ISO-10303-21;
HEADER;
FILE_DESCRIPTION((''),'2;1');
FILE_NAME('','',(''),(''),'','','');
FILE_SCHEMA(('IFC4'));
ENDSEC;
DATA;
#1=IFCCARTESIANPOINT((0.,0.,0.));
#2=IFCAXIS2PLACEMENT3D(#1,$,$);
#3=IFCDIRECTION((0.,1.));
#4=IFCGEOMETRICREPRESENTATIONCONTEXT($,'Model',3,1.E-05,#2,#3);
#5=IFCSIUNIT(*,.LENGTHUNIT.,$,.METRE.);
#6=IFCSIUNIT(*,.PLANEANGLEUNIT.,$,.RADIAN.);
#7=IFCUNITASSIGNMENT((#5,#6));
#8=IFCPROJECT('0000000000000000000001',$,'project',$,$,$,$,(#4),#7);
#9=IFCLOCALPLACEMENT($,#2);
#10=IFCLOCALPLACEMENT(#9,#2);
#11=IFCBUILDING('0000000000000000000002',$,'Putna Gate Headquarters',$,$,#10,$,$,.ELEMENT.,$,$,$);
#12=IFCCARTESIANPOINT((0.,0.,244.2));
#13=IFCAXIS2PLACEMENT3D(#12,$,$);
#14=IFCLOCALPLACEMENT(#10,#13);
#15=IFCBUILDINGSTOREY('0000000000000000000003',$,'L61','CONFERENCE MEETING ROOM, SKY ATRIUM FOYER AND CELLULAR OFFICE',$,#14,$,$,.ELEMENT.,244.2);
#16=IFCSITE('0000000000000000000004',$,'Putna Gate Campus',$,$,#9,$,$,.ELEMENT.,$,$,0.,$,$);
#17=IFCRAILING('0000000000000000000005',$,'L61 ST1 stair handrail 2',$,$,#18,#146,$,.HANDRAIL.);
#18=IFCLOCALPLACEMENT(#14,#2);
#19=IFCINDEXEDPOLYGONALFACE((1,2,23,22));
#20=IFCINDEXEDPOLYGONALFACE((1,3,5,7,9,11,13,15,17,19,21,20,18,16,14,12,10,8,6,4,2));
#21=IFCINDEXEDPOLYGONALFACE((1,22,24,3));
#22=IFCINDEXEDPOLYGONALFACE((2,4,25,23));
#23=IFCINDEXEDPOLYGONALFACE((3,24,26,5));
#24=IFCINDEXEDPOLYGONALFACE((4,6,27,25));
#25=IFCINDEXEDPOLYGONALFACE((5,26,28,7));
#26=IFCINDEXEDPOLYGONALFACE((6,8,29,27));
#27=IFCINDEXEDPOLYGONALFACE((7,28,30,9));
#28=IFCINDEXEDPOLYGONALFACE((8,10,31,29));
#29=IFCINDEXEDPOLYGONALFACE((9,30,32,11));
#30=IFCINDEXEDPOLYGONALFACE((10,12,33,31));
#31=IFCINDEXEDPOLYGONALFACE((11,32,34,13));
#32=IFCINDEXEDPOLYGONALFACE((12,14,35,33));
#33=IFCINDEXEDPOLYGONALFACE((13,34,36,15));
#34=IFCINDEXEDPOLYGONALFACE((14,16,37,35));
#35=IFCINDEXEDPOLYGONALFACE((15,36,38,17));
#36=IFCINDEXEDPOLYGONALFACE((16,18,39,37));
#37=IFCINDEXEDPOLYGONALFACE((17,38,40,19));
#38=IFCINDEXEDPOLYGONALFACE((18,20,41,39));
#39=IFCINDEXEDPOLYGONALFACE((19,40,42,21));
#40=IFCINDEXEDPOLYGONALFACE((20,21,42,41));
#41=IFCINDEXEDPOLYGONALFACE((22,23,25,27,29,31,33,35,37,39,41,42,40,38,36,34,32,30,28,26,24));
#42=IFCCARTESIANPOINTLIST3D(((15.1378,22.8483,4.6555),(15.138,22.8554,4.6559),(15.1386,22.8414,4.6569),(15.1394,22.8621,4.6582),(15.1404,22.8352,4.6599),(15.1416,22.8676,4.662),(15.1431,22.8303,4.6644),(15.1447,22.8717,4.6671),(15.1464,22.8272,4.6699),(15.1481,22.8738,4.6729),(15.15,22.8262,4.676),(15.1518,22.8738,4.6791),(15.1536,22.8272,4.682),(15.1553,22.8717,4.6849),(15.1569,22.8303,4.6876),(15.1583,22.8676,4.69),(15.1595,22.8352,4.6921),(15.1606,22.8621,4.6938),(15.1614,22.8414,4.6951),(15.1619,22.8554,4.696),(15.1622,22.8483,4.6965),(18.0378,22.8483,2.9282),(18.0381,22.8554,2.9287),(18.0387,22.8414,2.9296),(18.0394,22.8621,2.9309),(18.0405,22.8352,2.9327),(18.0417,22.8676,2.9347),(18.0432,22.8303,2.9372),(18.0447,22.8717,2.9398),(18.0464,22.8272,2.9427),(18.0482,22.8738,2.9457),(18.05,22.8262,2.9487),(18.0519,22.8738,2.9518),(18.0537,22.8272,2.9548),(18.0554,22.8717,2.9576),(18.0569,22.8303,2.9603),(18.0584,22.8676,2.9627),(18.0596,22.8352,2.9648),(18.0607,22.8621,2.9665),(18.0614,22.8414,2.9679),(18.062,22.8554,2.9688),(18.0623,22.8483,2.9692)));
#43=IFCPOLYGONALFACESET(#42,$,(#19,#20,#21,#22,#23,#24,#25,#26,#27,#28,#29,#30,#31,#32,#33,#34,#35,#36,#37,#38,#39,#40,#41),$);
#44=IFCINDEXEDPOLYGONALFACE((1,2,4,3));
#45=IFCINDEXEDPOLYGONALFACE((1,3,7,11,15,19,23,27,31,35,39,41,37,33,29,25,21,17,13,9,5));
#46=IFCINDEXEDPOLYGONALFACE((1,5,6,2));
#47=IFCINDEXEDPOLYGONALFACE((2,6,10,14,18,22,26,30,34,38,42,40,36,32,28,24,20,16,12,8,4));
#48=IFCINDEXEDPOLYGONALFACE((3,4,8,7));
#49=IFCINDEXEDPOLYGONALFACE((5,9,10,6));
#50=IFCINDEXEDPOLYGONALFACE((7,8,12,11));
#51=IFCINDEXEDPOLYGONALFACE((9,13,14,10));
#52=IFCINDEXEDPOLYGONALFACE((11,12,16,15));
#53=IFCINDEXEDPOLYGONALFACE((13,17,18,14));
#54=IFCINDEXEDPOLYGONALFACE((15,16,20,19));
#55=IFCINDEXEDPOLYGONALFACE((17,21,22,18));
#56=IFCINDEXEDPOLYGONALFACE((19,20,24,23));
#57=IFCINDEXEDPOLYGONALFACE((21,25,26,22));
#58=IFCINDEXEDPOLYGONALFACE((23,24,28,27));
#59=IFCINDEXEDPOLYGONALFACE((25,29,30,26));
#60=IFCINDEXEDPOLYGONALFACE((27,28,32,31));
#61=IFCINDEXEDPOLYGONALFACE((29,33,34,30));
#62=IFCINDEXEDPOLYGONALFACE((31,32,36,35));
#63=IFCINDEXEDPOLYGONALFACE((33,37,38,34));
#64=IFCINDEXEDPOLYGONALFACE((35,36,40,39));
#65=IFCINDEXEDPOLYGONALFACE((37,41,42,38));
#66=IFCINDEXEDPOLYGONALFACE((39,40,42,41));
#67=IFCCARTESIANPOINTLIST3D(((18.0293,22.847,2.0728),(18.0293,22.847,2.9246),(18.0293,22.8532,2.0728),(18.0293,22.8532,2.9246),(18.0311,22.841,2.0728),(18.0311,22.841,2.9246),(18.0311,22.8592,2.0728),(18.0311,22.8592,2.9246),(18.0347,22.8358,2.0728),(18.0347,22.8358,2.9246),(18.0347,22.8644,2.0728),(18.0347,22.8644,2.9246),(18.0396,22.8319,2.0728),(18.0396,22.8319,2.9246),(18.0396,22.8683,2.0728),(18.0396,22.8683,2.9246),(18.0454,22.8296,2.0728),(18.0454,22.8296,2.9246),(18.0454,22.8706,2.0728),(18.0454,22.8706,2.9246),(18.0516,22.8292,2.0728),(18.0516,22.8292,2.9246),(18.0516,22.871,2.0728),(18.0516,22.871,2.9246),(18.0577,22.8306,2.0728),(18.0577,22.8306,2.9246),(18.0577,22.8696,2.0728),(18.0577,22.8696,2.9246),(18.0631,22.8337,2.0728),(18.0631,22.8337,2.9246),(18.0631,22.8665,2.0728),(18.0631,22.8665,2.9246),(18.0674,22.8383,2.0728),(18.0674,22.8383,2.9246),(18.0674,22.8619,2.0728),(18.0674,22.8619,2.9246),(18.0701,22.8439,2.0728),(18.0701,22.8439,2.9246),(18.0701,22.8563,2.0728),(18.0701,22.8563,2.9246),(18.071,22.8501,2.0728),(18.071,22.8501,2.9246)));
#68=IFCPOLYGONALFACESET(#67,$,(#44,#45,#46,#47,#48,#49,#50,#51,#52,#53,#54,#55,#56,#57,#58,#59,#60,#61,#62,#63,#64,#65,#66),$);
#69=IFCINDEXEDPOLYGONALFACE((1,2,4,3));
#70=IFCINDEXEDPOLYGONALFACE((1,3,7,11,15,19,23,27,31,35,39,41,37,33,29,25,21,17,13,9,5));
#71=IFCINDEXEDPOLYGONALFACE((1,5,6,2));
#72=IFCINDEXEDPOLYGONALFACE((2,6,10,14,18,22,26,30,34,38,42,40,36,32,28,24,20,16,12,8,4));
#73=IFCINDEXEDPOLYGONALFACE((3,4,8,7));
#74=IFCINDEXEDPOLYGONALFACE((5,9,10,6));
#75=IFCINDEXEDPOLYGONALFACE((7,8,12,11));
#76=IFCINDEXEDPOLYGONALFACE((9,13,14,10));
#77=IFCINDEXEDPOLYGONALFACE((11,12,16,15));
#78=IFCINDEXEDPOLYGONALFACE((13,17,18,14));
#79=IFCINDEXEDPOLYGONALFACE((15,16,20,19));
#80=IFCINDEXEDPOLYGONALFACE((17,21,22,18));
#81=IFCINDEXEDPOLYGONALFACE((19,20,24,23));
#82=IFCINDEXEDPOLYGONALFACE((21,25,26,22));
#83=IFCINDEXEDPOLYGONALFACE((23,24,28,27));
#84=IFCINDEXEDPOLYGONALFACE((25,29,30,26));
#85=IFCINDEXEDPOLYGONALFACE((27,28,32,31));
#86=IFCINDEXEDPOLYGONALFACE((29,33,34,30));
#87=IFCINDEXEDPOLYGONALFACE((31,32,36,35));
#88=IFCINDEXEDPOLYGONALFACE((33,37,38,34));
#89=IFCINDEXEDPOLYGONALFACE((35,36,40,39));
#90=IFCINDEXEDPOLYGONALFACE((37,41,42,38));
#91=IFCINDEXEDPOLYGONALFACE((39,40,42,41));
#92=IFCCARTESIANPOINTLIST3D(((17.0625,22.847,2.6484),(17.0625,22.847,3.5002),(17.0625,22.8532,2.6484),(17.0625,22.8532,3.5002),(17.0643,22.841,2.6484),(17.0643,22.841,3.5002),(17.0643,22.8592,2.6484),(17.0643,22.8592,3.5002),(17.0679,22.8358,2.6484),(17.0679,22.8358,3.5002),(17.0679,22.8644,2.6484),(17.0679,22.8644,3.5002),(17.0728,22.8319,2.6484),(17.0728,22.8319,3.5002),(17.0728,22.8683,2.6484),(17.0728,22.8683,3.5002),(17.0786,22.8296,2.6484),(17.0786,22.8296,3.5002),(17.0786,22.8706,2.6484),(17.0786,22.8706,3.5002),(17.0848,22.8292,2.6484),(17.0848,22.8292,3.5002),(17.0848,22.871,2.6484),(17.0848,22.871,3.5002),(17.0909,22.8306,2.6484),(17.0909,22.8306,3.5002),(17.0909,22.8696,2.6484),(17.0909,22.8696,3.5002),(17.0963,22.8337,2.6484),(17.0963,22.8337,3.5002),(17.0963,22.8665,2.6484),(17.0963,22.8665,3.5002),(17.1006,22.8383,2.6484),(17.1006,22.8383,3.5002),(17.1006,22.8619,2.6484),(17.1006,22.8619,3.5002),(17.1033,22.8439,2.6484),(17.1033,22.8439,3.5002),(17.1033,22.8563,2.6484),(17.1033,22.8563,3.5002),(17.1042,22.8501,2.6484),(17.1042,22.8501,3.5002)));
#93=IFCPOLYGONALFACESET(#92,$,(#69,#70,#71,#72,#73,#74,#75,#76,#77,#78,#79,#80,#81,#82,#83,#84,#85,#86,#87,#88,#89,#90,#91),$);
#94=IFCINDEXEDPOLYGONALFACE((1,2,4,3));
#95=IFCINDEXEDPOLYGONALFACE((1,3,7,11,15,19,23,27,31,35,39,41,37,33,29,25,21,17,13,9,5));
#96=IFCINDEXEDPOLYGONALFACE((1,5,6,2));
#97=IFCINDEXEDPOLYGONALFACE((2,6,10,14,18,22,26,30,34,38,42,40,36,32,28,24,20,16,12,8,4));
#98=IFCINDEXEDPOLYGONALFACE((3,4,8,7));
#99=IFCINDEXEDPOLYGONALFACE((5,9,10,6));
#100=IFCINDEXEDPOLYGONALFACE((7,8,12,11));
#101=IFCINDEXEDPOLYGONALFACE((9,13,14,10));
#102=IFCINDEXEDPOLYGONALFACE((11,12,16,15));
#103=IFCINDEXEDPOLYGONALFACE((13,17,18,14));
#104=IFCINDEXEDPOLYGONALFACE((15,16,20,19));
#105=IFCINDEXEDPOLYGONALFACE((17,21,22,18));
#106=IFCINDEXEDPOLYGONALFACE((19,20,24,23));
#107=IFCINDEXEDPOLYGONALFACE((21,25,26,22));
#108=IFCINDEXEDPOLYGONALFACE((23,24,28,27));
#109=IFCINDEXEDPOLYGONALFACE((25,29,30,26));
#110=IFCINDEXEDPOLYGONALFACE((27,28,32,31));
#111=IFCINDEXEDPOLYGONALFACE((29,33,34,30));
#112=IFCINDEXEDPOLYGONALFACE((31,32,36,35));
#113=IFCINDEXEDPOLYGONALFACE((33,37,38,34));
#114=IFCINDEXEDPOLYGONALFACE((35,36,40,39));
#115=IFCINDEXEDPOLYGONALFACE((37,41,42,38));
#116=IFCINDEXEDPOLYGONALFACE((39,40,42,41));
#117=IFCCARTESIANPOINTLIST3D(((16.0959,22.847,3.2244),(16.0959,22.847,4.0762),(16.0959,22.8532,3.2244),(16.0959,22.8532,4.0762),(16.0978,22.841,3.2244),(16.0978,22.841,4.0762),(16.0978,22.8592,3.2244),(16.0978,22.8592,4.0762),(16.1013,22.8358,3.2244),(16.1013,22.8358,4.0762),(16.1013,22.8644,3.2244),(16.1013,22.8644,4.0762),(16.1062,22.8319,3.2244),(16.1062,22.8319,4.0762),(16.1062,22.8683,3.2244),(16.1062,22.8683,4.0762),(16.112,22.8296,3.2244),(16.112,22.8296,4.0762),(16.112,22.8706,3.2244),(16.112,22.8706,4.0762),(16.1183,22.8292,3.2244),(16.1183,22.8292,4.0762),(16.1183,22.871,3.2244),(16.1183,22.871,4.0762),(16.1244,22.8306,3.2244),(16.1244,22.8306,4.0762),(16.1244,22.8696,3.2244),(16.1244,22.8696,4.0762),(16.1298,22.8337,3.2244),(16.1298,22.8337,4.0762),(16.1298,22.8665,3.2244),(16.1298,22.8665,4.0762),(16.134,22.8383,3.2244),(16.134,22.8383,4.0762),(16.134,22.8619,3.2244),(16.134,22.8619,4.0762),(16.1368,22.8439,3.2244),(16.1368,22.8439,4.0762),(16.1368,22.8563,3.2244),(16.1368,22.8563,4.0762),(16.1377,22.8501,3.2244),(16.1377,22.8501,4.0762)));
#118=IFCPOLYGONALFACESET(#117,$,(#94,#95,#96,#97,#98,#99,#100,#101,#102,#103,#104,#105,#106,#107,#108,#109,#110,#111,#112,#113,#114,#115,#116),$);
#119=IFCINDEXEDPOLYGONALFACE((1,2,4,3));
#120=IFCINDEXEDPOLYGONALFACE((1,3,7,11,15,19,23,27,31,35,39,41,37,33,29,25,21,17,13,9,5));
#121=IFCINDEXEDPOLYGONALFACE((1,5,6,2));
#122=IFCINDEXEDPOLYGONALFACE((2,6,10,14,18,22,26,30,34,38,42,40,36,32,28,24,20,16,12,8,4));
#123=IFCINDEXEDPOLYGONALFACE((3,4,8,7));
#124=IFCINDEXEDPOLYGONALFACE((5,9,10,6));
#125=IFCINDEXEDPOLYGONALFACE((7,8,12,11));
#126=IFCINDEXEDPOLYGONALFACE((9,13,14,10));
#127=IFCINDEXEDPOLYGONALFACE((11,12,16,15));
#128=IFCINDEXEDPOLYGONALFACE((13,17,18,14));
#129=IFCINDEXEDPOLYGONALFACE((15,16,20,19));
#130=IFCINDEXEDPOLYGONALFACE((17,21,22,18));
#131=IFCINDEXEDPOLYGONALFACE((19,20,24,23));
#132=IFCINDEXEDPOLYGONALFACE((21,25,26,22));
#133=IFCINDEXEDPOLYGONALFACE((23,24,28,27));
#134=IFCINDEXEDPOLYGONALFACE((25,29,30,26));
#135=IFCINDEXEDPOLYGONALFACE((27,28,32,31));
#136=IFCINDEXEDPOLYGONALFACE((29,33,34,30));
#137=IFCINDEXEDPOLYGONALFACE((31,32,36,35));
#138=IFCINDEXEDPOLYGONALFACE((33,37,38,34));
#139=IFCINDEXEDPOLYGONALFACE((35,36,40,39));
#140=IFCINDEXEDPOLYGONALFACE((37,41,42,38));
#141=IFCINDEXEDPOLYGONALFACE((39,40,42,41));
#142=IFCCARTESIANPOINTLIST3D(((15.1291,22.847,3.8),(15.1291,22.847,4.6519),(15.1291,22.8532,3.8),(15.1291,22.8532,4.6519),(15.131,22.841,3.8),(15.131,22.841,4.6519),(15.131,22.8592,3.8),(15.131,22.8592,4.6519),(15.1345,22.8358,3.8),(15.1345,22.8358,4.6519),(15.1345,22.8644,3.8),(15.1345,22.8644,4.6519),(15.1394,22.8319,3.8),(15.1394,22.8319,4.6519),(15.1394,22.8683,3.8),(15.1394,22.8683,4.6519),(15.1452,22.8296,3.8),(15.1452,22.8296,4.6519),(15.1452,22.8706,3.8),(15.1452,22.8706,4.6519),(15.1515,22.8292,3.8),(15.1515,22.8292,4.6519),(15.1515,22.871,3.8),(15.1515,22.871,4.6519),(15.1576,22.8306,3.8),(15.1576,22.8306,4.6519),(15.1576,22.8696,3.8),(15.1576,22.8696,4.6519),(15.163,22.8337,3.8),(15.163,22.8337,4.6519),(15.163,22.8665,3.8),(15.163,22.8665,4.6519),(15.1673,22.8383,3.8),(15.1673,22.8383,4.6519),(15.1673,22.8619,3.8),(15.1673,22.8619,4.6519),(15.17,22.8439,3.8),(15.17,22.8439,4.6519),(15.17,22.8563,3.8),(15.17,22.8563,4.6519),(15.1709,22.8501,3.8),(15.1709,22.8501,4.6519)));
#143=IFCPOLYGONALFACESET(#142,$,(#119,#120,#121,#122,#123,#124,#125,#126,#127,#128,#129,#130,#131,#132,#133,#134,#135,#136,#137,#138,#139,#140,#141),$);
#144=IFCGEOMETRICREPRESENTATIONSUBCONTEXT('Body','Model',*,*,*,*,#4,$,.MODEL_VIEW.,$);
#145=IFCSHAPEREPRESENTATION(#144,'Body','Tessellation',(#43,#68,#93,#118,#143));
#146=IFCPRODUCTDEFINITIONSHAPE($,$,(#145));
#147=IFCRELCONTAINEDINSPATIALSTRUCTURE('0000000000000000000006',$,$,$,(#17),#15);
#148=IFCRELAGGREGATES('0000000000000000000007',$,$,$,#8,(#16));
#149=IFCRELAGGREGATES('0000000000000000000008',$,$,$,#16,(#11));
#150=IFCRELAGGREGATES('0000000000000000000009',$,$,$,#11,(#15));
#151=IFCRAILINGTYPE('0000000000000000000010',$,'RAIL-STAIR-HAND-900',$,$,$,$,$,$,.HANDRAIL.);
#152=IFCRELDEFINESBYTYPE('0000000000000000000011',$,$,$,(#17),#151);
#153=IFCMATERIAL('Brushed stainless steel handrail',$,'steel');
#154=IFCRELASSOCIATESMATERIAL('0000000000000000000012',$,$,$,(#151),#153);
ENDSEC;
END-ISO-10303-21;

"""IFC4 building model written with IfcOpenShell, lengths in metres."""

from ifc_helpers import new_model, si_unit, direction, frame, origin, origin_2d, place, context, subcontext, project, spatial, circle, extrude, material, type_object, element, save


model = new_model("IFC4")

# Units and contexts
model_context = context("Model", 3, precision=1e-05, world=origin(), true_north=direction((0.0, 1.0)))
body_context = subcontext(model_context, "Body", "Model", "MODEL_VIEW")
ifc_project = project(units=[si_unit("LENGTHUNIT", "METRE"), si_unit("PLANEANGLEUNIT", "RADIAN")], contexts=[model_context])

# Site, building, storey
site_placement = place(None, origin())
site = spatial("IfcSite", under=ifc_project, at=site_placement, Name="Putna Gate Campus", CompositionType="ELEMENT", RefElevation=0.0)
building_placement = place(site_placement, origin())
building = spatial("IfcBuilding", under=site, at=building_placement, Name="Putna Gate Headquarters", CompositionType="ELEMENT")
storey_placement = place(building_placement, frame((0.0, 0.0, 244.2)))
storey = spatial("IfcBuildingStorey", under=building, at=storey_placement, Name="L61", Description="CONFERENCE MEETING ROOM, SKY ATRIUM FOYER AND CELLULAR OFFICE", CompositionType="ELEMENT", Elevation=244.2)

# Railing
ifc_material_1 = material(Name="Brushed stainless steel handrail", Category="steel")
railing_type_1 = type_object("IfcRailingType", Name="RAIL-STAIR-HAND-900", PredefinedType="HANDRAIL", material=ifc_material_1)
railing_1_placement = place(storey_placement, frame((18.05, 22.8501, 2.0728)))
element("IfcRailing", 1, at=railing_1_placement, inside=storey, type_object=railing_type_1, Name="L61 ST1 stair handrail 2", PredefinedType="HANDRAIL", context=body_context, shape_type="SweptSolid", body=[
    extrude(circle(Radius=0.0239, at=origin_2d()), frame((0.0, 0.0, 0.876), z_axis=(-0.85916, 0.0, 0.511706), x_axis=(0.0, -1.0, 0.0)), (0.0, 0.0, 1.0), 3.3755),
    extrude(circle(Radius=0.021, at=origin_2d()), origin(), (0.0, 0.0, 1.0), 0.8518),
    extrude(circle(Radius=0.021, at=origin_2d()), frame((-0.9668, 0.0, 0.5757)), (0.0, 0.0, 1.0), 0.8518),
    extrude(circle(Radius=0.021, at=origin_2d()), frame((-1.9333, 0.0, 1.1516)), (0.0, 0.0, 1.0), 0.8518),
    extrude(circle(Radius=0.021, at=origin_2d()), frame((-2.9001, 0.0, 1.7273)), (0.0, 0.0, 1.0), 0.8518),
])

save(model, "model.ifc")
